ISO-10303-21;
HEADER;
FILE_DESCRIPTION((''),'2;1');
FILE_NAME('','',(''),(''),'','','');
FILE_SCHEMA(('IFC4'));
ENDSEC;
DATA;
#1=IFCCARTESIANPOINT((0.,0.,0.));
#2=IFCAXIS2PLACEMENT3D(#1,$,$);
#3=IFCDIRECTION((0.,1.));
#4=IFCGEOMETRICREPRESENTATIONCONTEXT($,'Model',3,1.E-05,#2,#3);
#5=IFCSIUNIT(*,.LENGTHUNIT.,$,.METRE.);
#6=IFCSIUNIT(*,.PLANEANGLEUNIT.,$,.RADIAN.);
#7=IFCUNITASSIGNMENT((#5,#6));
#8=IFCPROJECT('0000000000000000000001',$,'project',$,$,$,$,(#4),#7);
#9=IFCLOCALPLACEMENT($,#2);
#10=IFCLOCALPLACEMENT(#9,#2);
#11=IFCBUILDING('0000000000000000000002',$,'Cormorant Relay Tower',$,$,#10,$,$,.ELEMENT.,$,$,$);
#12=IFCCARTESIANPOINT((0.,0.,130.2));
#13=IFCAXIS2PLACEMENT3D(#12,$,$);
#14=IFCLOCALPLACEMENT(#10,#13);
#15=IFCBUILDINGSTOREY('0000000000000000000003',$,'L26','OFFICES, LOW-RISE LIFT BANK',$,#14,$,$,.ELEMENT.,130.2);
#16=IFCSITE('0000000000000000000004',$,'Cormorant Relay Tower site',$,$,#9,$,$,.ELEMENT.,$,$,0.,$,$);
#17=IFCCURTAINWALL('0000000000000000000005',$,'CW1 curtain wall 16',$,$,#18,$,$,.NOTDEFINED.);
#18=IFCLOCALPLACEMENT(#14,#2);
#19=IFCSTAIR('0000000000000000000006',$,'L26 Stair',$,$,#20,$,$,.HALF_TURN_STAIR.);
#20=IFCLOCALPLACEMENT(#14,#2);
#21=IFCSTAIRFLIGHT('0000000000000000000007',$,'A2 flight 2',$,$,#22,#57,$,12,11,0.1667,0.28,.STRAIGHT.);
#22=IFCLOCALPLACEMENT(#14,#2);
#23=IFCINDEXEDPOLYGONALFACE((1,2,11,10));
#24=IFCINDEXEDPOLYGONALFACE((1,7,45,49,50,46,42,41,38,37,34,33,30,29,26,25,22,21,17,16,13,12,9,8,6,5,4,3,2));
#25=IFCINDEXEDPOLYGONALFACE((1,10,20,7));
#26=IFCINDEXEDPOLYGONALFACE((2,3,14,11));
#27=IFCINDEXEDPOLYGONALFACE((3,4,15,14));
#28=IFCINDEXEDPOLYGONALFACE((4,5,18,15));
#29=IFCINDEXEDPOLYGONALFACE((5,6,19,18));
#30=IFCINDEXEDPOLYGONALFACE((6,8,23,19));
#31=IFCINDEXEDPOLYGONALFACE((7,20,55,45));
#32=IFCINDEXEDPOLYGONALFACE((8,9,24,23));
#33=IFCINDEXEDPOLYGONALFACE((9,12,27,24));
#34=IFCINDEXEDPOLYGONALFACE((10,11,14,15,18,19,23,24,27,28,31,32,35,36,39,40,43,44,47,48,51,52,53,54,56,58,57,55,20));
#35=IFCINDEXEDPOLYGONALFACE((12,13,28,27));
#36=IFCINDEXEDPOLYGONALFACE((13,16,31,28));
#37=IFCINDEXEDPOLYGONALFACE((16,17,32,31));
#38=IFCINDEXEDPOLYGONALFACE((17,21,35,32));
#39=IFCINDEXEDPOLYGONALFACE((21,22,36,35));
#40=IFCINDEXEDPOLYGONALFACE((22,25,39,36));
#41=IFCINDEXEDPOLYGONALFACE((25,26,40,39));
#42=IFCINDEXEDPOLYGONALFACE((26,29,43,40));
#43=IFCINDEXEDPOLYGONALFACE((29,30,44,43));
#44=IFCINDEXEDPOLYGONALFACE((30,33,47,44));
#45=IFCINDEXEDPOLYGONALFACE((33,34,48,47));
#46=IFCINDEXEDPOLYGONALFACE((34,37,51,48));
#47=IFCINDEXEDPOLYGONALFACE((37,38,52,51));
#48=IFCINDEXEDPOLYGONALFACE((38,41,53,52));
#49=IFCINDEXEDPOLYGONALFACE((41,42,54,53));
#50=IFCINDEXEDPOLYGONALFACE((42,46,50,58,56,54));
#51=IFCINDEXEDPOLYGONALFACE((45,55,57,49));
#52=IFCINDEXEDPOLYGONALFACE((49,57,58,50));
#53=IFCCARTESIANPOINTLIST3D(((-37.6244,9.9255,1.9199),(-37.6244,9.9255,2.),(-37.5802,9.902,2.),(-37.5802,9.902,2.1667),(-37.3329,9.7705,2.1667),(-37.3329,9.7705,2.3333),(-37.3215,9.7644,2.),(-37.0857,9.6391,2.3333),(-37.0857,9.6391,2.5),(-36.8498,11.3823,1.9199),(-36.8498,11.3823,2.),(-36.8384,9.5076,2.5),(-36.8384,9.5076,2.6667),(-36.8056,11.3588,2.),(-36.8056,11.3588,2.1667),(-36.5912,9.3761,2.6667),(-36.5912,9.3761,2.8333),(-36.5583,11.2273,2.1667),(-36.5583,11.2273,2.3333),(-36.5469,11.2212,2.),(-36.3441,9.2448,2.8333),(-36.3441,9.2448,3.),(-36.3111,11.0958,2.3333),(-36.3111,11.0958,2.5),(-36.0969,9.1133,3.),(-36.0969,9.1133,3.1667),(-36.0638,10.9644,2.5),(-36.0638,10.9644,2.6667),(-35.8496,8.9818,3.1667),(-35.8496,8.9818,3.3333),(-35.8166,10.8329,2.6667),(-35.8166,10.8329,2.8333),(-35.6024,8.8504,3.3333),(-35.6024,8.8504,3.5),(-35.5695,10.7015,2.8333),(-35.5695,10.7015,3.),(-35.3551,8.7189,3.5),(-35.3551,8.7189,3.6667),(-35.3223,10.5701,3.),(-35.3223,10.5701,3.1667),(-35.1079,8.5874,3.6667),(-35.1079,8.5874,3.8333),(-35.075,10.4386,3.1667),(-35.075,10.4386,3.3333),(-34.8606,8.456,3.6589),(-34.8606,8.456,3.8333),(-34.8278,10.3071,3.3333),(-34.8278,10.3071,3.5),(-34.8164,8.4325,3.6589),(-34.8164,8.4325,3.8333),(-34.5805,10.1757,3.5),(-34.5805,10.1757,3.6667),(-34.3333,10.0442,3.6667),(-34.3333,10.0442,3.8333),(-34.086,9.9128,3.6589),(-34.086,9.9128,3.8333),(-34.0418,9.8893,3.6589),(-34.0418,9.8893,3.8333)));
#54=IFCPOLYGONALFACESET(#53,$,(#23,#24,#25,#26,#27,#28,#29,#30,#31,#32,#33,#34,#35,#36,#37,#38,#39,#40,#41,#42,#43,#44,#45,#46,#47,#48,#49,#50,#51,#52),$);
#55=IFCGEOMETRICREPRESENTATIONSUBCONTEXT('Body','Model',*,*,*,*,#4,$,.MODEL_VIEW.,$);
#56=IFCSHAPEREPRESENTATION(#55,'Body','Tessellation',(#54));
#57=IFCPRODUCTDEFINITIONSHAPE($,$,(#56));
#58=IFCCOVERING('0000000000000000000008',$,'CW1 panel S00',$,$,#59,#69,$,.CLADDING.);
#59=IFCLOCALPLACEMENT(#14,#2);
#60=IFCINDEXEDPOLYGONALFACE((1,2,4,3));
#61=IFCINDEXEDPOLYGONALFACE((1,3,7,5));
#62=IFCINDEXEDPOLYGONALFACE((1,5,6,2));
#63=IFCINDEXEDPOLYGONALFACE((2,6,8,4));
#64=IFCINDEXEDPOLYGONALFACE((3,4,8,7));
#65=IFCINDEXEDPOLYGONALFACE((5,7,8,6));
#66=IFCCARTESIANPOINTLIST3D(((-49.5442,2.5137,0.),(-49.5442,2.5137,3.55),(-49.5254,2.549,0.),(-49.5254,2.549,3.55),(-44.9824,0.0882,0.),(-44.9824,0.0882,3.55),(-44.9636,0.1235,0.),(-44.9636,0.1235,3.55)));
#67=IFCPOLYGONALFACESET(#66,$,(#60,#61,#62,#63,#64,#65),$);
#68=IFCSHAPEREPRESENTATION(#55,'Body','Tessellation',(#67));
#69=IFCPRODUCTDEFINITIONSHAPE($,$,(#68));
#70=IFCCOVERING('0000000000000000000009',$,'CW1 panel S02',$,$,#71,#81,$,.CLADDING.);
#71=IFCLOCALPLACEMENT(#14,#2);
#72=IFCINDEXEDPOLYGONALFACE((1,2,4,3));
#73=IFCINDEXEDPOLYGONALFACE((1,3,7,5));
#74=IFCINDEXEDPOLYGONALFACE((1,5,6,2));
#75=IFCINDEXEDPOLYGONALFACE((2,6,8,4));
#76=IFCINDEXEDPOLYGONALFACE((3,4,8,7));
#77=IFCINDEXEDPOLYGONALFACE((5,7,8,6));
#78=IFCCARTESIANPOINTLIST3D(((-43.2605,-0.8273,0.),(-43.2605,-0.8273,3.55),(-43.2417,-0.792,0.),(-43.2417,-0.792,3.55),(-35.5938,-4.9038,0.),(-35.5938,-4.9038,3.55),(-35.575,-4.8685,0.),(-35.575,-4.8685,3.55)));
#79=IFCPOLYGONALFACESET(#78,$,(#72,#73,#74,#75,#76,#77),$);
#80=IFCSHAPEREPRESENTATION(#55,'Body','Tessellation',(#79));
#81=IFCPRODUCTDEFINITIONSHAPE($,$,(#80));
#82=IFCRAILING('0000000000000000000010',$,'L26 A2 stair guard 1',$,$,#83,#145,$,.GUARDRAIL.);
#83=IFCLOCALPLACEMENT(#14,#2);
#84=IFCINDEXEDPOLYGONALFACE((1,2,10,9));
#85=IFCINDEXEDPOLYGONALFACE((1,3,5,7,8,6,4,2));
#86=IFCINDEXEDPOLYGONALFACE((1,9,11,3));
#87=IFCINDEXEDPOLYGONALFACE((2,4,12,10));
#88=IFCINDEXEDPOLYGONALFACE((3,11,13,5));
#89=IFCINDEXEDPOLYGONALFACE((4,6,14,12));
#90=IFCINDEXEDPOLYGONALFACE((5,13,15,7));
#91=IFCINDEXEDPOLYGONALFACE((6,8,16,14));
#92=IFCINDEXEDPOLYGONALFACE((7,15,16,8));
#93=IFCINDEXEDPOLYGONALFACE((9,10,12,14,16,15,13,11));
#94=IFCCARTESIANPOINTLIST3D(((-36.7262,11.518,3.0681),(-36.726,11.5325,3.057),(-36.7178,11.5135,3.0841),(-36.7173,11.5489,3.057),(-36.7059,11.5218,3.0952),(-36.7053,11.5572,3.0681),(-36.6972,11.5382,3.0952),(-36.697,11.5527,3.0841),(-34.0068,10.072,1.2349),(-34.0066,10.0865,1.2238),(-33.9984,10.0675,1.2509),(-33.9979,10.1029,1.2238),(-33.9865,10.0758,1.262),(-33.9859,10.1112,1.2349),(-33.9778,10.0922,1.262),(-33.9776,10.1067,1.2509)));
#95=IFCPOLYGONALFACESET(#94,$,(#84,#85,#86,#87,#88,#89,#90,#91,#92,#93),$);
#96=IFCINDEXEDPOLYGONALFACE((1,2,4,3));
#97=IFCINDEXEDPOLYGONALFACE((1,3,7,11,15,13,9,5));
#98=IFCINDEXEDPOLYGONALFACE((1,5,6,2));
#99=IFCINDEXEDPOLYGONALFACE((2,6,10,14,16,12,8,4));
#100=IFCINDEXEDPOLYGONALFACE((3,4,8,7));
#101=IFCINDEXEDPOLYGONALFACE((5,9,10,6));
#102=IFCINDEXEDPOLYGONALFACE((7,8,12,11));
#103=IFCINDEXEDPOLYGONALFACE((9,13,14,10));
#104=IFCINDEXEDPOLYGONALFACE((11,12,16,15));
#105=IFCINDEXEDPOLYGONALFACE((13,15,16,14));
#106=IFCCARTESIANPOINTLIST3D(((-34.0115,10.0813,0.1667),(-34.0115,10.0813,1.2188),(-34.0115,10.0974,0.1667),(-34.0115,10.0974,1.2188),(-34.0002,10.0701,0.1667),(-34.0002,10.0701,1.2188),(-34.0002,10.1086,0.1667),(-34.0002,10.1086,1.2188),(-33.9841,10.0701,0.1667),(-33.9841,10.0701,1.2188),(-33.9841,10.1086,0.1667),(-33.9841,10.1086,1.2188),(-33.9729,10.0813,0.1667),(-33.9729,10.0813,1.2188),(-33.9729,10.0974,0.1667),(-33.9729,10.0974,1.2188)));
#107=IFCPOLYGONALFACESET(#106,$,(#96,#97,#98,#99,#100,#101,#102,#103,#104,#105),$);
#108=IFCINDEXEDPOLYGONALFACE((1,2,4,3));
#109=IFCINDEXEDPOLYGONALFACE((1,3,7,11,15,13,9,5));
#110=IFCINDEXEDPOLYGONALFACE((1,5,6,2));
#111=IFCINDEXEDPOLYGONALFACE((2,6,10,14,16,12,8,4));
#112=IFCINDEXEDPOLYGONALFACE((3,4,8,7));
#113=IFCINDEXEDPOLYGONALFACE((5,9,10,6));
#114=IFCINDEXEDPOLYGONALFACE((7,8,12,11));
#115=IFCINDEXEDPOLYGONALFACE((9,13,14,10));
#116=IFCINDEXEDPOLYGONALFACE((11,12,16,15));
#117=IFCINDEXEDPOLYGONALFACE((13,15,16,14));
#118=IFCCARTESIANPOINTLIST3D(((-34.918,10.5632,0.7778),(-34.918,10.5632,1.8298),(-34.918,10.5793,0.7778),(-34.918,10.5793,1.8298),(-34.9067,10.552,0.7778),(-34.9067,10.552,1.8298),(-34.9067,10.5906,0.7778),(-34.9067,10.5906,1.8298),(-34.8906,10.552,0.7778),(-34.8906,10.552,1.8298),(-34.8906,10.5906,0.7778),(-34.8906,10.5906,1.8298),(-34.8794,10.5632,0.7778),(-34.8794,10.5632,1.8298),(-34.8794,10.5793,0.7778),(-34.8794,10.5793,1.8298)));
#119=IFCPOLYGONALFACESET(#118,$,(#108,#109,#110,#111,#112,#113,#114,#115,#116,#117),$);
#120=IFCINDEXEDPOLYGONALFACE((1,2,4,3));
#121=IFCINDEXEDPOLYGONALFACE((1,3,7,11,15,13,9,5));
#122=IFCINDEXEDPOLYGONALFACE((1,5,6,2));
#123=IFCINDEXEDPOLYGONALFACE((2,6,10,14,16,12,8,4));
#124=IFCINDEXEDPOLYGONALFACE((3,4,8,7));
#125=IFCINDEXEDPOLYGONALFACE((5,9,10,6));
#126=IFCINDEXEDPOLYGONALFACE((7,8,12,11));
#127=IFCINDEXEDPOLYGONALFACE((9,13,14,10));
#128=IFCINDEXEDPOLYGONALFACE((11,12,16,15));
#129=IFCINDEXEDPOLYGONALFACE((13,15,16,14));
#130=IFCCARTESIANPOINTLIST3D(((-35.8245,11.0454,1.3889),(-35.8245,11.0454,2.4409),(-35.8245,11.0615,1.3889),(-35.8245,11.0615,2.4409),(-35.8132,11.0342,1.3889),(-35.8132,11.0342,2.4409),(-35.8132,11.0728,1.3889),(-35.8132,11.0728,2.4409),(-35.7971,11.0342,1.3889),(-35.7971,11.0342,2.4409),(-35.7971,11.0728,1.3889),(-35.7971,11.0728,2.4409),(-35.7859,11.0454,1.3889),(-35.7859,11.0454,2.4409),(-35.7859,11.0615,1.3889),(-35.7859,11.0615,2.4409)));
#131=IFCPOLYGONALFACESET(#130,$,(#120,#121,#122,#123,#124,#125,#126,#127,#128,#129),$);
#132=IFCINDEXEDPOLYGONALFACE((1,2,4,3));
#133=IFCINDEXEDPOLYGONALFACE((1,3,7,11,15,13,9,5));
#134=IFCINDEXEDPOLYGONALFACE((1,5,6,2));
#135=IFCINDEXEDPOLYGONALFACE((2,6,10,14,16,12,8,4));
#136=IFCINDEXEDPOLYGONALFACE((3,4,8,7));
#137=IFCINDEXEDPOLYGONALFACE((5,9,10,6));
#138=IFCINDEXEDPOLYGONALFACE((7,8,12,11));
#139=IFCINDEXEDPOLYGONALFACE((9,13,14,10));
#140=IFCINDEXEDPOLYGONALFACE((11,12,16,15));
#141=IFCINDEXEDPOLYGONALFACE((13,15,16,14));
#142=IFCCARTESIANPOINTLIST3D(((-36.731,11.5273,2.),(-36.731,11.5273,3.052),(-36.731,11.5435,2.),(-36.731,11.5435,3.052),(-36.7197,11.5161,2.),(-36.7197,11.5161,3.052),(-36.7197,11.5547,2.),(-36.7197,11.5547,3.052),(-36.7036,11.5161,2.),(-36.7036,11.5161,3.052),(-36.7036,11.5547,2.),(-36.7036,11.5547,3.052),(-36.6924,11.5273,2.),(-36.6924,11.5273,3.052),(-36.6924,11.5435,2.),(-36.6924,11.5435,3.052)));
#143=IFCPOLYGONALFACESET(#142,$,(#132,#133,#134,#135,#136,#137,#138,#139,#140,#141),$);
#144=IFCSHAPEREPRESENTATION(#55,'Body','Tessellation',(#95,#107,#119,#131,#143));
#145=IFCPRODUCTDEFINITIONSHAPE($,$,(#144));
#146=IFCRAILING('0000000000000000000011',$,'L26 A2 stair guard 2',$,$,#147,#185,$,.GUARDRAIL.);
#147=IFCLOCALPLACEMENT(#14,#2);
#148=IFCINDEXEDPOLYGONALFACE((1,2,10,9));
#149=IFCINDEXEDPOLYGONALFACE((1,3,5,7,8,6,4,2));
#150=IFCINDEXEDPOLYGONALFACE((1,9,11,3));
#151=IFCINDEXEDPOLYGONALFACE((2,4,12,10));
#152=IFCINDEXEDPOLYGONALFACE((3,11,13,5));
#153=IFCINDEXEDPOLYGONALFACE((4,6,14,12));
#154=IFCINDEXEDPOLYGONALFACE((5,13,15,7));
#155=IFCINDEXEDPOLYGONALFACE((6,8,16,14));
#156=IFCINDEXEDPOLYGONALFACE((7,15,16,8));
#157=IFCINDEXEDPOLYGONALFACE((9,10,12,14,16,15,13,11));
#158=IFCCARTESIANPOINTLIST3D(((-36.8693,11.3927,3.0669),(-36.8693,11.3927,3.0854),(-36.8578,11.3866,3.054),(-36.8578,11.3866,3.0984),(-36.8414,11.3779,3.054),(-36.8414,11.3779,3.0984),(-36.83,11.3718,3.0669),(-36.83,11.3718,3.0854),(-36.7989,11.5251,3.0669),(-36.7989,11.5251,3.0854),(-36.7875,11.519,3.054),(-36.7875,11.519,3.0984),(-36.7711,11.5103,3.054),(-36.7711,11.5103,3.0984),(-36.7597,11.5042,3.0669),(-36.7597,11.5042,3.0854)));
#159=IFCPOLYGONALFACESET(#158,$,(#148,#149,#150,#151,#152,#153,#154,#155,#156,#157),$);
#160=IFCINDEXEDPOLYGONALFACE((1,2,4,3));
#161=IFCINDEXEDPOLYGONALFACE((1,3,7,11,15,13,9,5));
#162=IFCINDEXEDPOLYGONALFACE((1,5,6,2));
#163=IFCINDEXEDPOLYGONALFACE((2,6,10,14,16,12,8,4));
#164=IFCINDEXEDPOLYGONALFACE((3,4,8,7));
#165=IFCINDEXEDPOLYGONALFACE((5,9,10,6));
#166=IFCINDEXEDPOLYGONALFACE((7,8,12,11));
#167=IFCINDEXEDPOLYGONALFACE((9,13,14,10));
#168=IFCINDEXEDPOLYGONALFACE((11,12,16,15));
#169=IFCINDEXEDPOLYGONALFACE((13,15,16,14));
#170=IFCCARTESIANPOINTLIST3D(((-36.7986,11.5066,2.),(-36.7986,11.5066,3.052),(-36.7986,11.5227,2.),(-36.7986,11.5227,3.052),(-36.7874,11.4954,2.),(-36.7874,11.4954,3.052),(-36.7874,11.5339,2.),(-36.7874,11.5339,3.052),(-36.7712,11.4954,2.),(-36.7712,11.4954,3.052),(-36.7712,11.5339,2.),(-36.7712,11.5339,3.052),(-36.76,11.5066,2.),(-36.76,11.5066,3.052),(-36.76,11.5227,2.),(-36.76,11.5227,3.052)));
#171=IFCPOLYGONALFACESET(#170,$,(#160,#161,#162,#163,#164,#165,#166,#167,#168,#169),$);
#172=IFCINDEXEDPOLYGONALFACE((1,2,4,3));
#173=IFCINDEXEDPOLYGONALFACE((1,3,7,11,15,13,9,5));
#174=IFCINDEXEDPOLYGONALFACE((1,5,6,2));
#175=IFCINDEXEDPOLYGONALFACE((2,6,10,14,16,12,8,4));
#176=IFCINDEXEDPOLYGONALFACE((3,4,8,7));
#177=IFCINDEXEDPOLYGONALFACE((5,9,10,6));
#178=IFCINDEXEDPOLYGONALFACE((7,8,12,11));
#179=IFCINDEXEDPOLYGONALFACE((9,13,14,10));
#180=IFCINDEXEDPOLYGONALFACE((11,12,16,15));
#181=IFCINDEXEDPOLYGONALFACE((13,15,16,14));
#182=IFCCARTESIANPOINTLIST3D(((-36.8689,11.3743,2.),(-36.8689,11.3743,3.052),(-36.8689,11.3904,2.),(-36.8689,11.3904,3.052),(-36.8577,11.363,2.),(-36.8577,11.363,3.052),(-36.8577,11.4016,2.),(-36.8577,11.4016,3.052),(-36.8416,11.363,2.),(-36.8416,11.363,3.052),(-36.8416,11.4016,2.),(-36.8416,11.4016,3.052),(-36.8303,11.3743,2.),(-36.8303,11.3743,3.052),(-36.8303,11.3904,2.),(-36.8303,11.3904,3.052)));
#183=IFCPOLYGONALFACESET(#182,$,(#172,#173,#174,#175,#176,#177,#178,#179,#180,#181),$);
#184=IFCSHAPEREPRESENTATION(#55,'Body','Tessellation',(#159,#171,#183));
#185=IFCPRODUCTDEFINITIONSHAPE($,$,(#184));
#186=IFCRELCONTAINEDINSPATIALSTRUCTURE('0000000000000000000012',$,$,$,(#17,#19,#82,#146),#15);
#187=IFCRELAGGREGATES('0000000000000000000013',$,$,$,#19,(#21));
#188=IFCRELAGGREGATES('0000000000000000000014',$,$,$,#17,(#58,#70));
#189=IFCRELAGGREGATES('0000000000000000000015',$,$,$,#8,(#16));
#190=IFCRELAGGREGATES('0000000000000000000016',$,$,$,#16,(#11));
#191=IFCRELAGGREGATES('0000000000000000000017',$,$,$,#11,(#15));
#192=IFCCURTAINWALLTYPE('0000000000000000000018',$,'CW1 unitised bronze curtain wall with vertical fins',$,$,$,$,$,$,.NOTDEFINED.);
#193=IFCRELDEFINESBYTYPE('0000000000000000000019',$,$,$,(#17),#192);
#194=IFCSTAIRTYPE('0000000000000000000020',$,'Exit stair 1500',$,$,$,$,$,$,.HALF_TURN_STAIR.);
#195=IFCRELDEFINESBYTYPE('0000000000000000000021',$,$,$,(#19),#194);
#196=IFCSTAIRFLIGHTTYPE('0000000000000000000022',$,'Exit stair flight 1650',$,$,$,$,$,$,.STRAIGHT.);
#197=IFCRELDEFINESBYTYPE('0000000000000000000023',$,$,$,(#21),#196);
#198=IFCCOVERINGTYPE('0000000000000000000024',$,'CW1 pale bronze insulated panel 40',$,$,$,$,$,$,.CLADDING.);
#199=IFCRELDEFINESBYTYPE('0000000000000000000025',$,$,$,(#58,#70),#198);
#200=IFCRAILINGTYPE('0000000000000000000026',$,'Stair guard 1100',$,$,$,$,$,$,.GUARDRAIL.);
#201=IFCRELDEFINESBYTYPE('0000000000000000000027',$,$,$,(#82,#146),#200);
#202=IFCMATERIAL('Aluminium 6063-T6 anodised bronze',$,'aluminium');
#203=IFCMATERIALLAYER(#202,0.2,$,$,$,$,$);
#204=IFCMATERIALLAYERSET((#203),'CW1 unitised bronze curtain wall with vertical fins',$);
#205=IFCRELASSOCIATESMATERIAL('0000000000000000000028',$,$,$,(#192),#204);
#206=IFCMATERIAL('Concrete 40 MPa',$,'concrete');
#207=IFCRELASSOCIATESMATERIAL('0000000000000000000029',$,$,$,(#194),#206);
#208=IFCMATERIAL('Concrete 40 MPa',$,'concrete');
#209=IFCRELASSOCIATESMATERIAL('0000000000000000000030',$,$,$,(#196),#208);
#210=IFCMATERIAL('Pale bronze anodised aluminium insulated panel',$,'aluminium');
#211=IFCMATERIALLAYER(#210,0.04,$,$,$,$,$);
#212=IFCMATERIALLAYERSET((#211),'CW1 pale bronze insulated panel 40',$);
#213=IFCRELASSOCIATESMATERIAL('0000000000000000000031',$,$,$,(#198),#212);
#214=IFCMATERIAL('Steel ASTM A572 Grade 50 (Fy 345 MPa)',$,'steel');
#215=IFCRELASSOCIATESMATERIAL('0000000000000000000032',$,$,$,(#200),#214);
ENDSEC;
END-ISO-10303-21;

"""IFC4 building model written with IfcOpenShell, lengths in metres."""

from ifc_helpers import new_model, si_unit, direction, frame, origin, origin_2d, place, context, subcontext, project, spatial, polyline, rectangle, outline, extrude, material, layer, layer_set, type_object, element, aggregate, save


model = new_model("IFC4")

# Units and contexts
model_context = context("Model", 3, precision=1e-05, world=origin(), true_north=direction((0.0, 1.0)))
body_context = subcontext(model_context, "Body", "Model", "MODEL_VIEW")
ifc_project = project(units=[si_unit("LENGTHUNIT", "METRE"), si_unit("PLANEANGLEUNIT", "RADIAN")], contexts=[model_context])

# Site, building, storey
site_placement = place(None, origin())
site = spatial("IfcSite", under=ifc_project, at=site_placement, Name="Cormorant Relay Tower site", CompositionType="ELEMENT", RefElevation=0.0)
building_placement = place(site_placement, origin())
building = spatial("IfcBuilding", under=site, at=building_placement, Name="Cormorant Relay Tower", CompositionType="ELEMENT")
storey_placement = place(building_placement, frame((0.0, 0.0, 130.2)))
storey = spatial("IfcBuildingStorey", under=building, at=storey_placement, Name="L26", Description="OFFICES, LOW-RISE LIFT BANK", CompositionType="ELEMENT", Elevation=130.2)

# Curtain wall
ifc_material_1 = material(Name="Aluminium 6063-T6 anodised bronze", Category="aluminium")
ifc_layer_1 = layer(ifc_material_1, 0.2)
ifc_layer_set_1 = layer_set([ifc_layer_1], Name="CW1 unitised bronze curtain wall with vertical fins")
curtain_wall_type = type_object("IfcCurtainWallType", Name="CW1 unitised bronze curtain wall with vertical fins", PredefinedType="NOTDEFINED", material=ifc_layer_set_1)
curtain_wall_placement = place(storey_placement, origin())
curtain_wall = element("IfcCurtainWall", 1, at=curtain_wall_placement, inside=storey, type_object=curtain_wall_type, Name="CW1 curtain wall 16", PredefinedType="NOTDEFINED")

# Stair, stair flight
ifc_material_2 = material(Name="Concrete 40 MPa", Category="concrete")
stair_type = type_object("IfcStairType", Name="Exit stair 1500", PredefinedType="HALF_TURN_STAIR", material=ifc_material_2)
stair_placement = place(storey_placement, origin())
stair = element("IfcStair", 2, at=stair_placement, inside=storey, type_object=stair_type, Name="L26 Stair", PredefinedType="HALF_TURN_STAIR")
ifc_material_3 = material(Name="Concrete 40 MPa", Category="concrete")
stair_flight_type = type_object("IfcStairFlightType", Name="Exit stair flight 1650", PredefinedType="STRAIGHT", material=ifc_material_3)
stair_flight_1_placement = place(storey_placement, frame((-37.1929, 10.6304, 2.0), z_axis=(0.0, 0.0, 1.0), x_axis=(0.882948, -0.469472, 0.0)))
stair_flight_1 = element("IfcStairFlight", 3, at=stair_flight_1_placement, type_object=stair_flight_type, Name="A2 flight 2", NumberOfRisers=12, NumberOfTreads=11, PredefinedType="STRAIGHT", RiserHeight=0.1667, TreadLength=0.28, context=body_context, shape_type="SweptSolid", body=[
    extrude(outline(polyline([(-0.05, -0.0801), (-0.05, 0.0), (0.0, 0.0), (0.0, 0.1667), (0.28, 0.1667), (0.28, 0.3333), (0.5601, 0.3333), (0.5601, 0.5), (0.8401, 0.5), (0.8401, 0.6667), (1.1201, 0.6667), (1.1201, 0.8333), (1.3999, 0.8333), (1.3999, 1.0), (1.6799, 1.0), (1.6799, 1.1667), (1.96, 1.1667), (1.96, 1.3333), (2.24, 1.3333), (2.24, 1.5), (2.52, 1.5), (2.52, 1.6667), (2.8, 1.6667), (2.8, 1.8333), (3.0801, 1.8333), (3.1301, 1.8333), (3.1301, 1.6589), (3.0801, 1.6589), (0.293, 0.0), (-0.05, -0.0801)])), frame((0.0, 0.825, 0.0), z_axis=(0.0, -1.0, 0.0), x_axis=(1.0, 0.0, 0.0)), (0.0, 0.0, 1.0), 1.6499),
])
aggregate(stair, [stair_flight_1])

# Coverings
ifc_material_4 = material(Name="Pale bronze anodised aluminium insulated panel", Category="aluminium")
ifc_layer_2 = layer(ifc_material_4, 0.04)
ifc_layer_set_2 = layer_set([ifc_layer_2], Name="CW1 pale bronze insulated panel 40")
covering_type = type_object("IfcCoveringType", Name="CW1 pale bronze insulated panel 40", PredefinedType="CLADDING", material=ifc_layer_set_2)
covering_1_placement = place(storey_placement, frame((-47.2539, 1.3186, 0.0), z_axis=(0.0, 0.0, 1.0), x_axis=(0.882948, -0.469472, 0.0)))
covering_1 = element("IfcCovering", 4, at=covering_1_placement, type_object=covering_type, Name="CW1 panel S00", PredefinedType="CLADDING", context=body_context, shape_type="SweptSolid", body=[
    extrude(rectangle(XDim=5.1665, YDim=0.04, at=origin_2d()), origin(), (0.0, 0.0, 1.0), 3.55),
])
covering_2_placement = place(storey_placement, frame((-39.4177, -2.8479, 0.0), z_axis=(0.0, 0.0, 1.0), x_axis=(0.882948, -0.469472, 0.0)))
covering_2 = element("IfcCovering", 5, at=covering_2_placement, type_object=covering_type, Name="CW1 panel S02", PredefinedType="CLADDING", context=body_context, shape_type="SweptSolid", body=[
    extrude(rectangle(XDim=8.6831, YDim=0.04, at=origin_2d()), origin(), (0.0, 0.0, 1.0), 3.55),
])
aggregate(curtain_wall, [covering_1, covering_2])

# Railings
ifc_material_5 = material(Name="Steel ASTM A572 Grade 50 (Fy 345 MPa)", Category="steel")
railing_type_1 = type_object("IfcRailingType", Name="Stair guard 1100", PredefinedType="GUARDRAIL", material=ifc_material_5)
railing_1_placement = place(storey_placement, frame((-33.9922, 10.0894, 0.1667)))
element("IfcRailing", 6, at=railing_1_placement, inside=storey, type_object=railing_type_1, Name="L26 A2 stair guard 1", PredefinedType="GUARDRAIL", context=body_context, shape_type="SweptSolid", body=[
    extrude(outline(polyline([(0.0222, 0.0093), (0.0093, 0.0222), (-0.0093, 0.0222), (-0.0222, 0.0093), (-0.0222, -0.0093), (-0.0093, -0.0222), (0.0093, -0.0222), (0.0222, -0.0093), (0.0222, 0.0093)])), frame((0.0, 0.0, 1.0762), z_axis=(-0.758714, 0.403435, 0.511463), x_axis=(-0.469489, -0.882938, 0.0)), (0.0, 0.0, 1.0), 3.5842),
    extrude(outline(polyline([(0.0193, 0.0081), (0.0081, 0.0193), (-0.0081, 0.0193), (-0.0193, 0.0081), (-0.0193, -0.0081), (-0.0081, -0.0193), (0.0081, -0.0193), (0.0193, -0.0081), (0.0193, 0.0081)])), origin(), (0.0, 0.0, 1.0), 1.052),
    extrude(outline(polyline([(0.0193, 0.0081), (0.0081, 0.0193), (-0.0081, 0.0193), (-0.0193, 0.0081), (-0.0193, -0.0081), (-0.0081, -0.0193), (0.0081, -0.0193), (0.0193, -0.0081), (0.0193, 0.0081)])), frame((-0.9065, 0.4819, 0.6111)), (0.0, 0.0, 1.0), 1.052),
    extrude(outline(polyline([(0.0193, 0.0081), (0.0081, 0.0193), (-0.0081, 0.0193), (-0.0193, 0.0081), (-0.0193, -0.0081), (-0.0081, -0.0193), (0.0081, -0.0193), (0.0193, -0.0081), (0.0193, 0.0081)])), frame((-1.813, 0.9641, 1.2222)), (0.0, 0.0, 1.0), 1.052),
    extrude(outline(polyline([(0.0193, 0.0081), (0.0081, 0.0193), (-0.0081, 0.0193), (-0.0193, 0.0081), (-0.0193, -0.0081), (-0.0081, -0.0193), (0.0081, -0.0193), (0.0193, -0.0081), (0.0193, 0.0081)])), frame((-2.7195, 1.446, 1.8333)), (0.0, 0.0, 1.0), 1.052),
])
railing_2_placement = place(storey_placement, frame((-36.7793, 11.5146, 2.0)))
element("IfcRailing", 7, at=railing_2_placement, inside=storey, type_object=railing_type_1, Name="L26 A2 stair guard 2", PredefinedType="GUARDRAIL", context=body_context, shape_type="SweptSolid", body=[
    extrude(outline(polyline([(0.0222, 0.0093), (0.0093, 0.0222), (-0.0093, 0.0222), (-0.0222, 0.0093), (-0.0222, -0.0093), (-0.0093, -0.0222), (0.0093, -0.0222), (0.0222, -0.0093), (0.0222, 0.0093)])), frame((0.0, 0.0, 1.0762), z_axis=(-0.469235, -0.883074, 0.0), x_axis=(0.883074, -0.469235, 0.0)), (0.0, 0.0, 1.0), 0.1499),
    extrude(outline(polyline([(0.0193, 0.0081), (0.0081, 0.0193), (-0.0081, 0.0193), (-0.0193, 0.0081), (-0.0193, -0.0081), (-0.0081, -0.0193), (0.0081, -0.0193), (0.0193, -0.0081), (0.0193, 0.0081)])), origin(), (0.0, 0.0, 1.0), 1.052),
    extrude(outline(polyline([(0.0193, 0.0081), (0.0081, 0.0193), (-0.0081, 0.0193), (-0.0193, 0.0081), (-0.0193, -0.0081), (-0.0081, -0.0193), (0.0081, -0.0193), (0.0193, -0.0081), (0.0193, 0.0081)])), frame((-0.0703, -0.1323, 0.0)), (0.0, 0.0, 1.0), 1.052),
])

save(model, "model.ifc")
